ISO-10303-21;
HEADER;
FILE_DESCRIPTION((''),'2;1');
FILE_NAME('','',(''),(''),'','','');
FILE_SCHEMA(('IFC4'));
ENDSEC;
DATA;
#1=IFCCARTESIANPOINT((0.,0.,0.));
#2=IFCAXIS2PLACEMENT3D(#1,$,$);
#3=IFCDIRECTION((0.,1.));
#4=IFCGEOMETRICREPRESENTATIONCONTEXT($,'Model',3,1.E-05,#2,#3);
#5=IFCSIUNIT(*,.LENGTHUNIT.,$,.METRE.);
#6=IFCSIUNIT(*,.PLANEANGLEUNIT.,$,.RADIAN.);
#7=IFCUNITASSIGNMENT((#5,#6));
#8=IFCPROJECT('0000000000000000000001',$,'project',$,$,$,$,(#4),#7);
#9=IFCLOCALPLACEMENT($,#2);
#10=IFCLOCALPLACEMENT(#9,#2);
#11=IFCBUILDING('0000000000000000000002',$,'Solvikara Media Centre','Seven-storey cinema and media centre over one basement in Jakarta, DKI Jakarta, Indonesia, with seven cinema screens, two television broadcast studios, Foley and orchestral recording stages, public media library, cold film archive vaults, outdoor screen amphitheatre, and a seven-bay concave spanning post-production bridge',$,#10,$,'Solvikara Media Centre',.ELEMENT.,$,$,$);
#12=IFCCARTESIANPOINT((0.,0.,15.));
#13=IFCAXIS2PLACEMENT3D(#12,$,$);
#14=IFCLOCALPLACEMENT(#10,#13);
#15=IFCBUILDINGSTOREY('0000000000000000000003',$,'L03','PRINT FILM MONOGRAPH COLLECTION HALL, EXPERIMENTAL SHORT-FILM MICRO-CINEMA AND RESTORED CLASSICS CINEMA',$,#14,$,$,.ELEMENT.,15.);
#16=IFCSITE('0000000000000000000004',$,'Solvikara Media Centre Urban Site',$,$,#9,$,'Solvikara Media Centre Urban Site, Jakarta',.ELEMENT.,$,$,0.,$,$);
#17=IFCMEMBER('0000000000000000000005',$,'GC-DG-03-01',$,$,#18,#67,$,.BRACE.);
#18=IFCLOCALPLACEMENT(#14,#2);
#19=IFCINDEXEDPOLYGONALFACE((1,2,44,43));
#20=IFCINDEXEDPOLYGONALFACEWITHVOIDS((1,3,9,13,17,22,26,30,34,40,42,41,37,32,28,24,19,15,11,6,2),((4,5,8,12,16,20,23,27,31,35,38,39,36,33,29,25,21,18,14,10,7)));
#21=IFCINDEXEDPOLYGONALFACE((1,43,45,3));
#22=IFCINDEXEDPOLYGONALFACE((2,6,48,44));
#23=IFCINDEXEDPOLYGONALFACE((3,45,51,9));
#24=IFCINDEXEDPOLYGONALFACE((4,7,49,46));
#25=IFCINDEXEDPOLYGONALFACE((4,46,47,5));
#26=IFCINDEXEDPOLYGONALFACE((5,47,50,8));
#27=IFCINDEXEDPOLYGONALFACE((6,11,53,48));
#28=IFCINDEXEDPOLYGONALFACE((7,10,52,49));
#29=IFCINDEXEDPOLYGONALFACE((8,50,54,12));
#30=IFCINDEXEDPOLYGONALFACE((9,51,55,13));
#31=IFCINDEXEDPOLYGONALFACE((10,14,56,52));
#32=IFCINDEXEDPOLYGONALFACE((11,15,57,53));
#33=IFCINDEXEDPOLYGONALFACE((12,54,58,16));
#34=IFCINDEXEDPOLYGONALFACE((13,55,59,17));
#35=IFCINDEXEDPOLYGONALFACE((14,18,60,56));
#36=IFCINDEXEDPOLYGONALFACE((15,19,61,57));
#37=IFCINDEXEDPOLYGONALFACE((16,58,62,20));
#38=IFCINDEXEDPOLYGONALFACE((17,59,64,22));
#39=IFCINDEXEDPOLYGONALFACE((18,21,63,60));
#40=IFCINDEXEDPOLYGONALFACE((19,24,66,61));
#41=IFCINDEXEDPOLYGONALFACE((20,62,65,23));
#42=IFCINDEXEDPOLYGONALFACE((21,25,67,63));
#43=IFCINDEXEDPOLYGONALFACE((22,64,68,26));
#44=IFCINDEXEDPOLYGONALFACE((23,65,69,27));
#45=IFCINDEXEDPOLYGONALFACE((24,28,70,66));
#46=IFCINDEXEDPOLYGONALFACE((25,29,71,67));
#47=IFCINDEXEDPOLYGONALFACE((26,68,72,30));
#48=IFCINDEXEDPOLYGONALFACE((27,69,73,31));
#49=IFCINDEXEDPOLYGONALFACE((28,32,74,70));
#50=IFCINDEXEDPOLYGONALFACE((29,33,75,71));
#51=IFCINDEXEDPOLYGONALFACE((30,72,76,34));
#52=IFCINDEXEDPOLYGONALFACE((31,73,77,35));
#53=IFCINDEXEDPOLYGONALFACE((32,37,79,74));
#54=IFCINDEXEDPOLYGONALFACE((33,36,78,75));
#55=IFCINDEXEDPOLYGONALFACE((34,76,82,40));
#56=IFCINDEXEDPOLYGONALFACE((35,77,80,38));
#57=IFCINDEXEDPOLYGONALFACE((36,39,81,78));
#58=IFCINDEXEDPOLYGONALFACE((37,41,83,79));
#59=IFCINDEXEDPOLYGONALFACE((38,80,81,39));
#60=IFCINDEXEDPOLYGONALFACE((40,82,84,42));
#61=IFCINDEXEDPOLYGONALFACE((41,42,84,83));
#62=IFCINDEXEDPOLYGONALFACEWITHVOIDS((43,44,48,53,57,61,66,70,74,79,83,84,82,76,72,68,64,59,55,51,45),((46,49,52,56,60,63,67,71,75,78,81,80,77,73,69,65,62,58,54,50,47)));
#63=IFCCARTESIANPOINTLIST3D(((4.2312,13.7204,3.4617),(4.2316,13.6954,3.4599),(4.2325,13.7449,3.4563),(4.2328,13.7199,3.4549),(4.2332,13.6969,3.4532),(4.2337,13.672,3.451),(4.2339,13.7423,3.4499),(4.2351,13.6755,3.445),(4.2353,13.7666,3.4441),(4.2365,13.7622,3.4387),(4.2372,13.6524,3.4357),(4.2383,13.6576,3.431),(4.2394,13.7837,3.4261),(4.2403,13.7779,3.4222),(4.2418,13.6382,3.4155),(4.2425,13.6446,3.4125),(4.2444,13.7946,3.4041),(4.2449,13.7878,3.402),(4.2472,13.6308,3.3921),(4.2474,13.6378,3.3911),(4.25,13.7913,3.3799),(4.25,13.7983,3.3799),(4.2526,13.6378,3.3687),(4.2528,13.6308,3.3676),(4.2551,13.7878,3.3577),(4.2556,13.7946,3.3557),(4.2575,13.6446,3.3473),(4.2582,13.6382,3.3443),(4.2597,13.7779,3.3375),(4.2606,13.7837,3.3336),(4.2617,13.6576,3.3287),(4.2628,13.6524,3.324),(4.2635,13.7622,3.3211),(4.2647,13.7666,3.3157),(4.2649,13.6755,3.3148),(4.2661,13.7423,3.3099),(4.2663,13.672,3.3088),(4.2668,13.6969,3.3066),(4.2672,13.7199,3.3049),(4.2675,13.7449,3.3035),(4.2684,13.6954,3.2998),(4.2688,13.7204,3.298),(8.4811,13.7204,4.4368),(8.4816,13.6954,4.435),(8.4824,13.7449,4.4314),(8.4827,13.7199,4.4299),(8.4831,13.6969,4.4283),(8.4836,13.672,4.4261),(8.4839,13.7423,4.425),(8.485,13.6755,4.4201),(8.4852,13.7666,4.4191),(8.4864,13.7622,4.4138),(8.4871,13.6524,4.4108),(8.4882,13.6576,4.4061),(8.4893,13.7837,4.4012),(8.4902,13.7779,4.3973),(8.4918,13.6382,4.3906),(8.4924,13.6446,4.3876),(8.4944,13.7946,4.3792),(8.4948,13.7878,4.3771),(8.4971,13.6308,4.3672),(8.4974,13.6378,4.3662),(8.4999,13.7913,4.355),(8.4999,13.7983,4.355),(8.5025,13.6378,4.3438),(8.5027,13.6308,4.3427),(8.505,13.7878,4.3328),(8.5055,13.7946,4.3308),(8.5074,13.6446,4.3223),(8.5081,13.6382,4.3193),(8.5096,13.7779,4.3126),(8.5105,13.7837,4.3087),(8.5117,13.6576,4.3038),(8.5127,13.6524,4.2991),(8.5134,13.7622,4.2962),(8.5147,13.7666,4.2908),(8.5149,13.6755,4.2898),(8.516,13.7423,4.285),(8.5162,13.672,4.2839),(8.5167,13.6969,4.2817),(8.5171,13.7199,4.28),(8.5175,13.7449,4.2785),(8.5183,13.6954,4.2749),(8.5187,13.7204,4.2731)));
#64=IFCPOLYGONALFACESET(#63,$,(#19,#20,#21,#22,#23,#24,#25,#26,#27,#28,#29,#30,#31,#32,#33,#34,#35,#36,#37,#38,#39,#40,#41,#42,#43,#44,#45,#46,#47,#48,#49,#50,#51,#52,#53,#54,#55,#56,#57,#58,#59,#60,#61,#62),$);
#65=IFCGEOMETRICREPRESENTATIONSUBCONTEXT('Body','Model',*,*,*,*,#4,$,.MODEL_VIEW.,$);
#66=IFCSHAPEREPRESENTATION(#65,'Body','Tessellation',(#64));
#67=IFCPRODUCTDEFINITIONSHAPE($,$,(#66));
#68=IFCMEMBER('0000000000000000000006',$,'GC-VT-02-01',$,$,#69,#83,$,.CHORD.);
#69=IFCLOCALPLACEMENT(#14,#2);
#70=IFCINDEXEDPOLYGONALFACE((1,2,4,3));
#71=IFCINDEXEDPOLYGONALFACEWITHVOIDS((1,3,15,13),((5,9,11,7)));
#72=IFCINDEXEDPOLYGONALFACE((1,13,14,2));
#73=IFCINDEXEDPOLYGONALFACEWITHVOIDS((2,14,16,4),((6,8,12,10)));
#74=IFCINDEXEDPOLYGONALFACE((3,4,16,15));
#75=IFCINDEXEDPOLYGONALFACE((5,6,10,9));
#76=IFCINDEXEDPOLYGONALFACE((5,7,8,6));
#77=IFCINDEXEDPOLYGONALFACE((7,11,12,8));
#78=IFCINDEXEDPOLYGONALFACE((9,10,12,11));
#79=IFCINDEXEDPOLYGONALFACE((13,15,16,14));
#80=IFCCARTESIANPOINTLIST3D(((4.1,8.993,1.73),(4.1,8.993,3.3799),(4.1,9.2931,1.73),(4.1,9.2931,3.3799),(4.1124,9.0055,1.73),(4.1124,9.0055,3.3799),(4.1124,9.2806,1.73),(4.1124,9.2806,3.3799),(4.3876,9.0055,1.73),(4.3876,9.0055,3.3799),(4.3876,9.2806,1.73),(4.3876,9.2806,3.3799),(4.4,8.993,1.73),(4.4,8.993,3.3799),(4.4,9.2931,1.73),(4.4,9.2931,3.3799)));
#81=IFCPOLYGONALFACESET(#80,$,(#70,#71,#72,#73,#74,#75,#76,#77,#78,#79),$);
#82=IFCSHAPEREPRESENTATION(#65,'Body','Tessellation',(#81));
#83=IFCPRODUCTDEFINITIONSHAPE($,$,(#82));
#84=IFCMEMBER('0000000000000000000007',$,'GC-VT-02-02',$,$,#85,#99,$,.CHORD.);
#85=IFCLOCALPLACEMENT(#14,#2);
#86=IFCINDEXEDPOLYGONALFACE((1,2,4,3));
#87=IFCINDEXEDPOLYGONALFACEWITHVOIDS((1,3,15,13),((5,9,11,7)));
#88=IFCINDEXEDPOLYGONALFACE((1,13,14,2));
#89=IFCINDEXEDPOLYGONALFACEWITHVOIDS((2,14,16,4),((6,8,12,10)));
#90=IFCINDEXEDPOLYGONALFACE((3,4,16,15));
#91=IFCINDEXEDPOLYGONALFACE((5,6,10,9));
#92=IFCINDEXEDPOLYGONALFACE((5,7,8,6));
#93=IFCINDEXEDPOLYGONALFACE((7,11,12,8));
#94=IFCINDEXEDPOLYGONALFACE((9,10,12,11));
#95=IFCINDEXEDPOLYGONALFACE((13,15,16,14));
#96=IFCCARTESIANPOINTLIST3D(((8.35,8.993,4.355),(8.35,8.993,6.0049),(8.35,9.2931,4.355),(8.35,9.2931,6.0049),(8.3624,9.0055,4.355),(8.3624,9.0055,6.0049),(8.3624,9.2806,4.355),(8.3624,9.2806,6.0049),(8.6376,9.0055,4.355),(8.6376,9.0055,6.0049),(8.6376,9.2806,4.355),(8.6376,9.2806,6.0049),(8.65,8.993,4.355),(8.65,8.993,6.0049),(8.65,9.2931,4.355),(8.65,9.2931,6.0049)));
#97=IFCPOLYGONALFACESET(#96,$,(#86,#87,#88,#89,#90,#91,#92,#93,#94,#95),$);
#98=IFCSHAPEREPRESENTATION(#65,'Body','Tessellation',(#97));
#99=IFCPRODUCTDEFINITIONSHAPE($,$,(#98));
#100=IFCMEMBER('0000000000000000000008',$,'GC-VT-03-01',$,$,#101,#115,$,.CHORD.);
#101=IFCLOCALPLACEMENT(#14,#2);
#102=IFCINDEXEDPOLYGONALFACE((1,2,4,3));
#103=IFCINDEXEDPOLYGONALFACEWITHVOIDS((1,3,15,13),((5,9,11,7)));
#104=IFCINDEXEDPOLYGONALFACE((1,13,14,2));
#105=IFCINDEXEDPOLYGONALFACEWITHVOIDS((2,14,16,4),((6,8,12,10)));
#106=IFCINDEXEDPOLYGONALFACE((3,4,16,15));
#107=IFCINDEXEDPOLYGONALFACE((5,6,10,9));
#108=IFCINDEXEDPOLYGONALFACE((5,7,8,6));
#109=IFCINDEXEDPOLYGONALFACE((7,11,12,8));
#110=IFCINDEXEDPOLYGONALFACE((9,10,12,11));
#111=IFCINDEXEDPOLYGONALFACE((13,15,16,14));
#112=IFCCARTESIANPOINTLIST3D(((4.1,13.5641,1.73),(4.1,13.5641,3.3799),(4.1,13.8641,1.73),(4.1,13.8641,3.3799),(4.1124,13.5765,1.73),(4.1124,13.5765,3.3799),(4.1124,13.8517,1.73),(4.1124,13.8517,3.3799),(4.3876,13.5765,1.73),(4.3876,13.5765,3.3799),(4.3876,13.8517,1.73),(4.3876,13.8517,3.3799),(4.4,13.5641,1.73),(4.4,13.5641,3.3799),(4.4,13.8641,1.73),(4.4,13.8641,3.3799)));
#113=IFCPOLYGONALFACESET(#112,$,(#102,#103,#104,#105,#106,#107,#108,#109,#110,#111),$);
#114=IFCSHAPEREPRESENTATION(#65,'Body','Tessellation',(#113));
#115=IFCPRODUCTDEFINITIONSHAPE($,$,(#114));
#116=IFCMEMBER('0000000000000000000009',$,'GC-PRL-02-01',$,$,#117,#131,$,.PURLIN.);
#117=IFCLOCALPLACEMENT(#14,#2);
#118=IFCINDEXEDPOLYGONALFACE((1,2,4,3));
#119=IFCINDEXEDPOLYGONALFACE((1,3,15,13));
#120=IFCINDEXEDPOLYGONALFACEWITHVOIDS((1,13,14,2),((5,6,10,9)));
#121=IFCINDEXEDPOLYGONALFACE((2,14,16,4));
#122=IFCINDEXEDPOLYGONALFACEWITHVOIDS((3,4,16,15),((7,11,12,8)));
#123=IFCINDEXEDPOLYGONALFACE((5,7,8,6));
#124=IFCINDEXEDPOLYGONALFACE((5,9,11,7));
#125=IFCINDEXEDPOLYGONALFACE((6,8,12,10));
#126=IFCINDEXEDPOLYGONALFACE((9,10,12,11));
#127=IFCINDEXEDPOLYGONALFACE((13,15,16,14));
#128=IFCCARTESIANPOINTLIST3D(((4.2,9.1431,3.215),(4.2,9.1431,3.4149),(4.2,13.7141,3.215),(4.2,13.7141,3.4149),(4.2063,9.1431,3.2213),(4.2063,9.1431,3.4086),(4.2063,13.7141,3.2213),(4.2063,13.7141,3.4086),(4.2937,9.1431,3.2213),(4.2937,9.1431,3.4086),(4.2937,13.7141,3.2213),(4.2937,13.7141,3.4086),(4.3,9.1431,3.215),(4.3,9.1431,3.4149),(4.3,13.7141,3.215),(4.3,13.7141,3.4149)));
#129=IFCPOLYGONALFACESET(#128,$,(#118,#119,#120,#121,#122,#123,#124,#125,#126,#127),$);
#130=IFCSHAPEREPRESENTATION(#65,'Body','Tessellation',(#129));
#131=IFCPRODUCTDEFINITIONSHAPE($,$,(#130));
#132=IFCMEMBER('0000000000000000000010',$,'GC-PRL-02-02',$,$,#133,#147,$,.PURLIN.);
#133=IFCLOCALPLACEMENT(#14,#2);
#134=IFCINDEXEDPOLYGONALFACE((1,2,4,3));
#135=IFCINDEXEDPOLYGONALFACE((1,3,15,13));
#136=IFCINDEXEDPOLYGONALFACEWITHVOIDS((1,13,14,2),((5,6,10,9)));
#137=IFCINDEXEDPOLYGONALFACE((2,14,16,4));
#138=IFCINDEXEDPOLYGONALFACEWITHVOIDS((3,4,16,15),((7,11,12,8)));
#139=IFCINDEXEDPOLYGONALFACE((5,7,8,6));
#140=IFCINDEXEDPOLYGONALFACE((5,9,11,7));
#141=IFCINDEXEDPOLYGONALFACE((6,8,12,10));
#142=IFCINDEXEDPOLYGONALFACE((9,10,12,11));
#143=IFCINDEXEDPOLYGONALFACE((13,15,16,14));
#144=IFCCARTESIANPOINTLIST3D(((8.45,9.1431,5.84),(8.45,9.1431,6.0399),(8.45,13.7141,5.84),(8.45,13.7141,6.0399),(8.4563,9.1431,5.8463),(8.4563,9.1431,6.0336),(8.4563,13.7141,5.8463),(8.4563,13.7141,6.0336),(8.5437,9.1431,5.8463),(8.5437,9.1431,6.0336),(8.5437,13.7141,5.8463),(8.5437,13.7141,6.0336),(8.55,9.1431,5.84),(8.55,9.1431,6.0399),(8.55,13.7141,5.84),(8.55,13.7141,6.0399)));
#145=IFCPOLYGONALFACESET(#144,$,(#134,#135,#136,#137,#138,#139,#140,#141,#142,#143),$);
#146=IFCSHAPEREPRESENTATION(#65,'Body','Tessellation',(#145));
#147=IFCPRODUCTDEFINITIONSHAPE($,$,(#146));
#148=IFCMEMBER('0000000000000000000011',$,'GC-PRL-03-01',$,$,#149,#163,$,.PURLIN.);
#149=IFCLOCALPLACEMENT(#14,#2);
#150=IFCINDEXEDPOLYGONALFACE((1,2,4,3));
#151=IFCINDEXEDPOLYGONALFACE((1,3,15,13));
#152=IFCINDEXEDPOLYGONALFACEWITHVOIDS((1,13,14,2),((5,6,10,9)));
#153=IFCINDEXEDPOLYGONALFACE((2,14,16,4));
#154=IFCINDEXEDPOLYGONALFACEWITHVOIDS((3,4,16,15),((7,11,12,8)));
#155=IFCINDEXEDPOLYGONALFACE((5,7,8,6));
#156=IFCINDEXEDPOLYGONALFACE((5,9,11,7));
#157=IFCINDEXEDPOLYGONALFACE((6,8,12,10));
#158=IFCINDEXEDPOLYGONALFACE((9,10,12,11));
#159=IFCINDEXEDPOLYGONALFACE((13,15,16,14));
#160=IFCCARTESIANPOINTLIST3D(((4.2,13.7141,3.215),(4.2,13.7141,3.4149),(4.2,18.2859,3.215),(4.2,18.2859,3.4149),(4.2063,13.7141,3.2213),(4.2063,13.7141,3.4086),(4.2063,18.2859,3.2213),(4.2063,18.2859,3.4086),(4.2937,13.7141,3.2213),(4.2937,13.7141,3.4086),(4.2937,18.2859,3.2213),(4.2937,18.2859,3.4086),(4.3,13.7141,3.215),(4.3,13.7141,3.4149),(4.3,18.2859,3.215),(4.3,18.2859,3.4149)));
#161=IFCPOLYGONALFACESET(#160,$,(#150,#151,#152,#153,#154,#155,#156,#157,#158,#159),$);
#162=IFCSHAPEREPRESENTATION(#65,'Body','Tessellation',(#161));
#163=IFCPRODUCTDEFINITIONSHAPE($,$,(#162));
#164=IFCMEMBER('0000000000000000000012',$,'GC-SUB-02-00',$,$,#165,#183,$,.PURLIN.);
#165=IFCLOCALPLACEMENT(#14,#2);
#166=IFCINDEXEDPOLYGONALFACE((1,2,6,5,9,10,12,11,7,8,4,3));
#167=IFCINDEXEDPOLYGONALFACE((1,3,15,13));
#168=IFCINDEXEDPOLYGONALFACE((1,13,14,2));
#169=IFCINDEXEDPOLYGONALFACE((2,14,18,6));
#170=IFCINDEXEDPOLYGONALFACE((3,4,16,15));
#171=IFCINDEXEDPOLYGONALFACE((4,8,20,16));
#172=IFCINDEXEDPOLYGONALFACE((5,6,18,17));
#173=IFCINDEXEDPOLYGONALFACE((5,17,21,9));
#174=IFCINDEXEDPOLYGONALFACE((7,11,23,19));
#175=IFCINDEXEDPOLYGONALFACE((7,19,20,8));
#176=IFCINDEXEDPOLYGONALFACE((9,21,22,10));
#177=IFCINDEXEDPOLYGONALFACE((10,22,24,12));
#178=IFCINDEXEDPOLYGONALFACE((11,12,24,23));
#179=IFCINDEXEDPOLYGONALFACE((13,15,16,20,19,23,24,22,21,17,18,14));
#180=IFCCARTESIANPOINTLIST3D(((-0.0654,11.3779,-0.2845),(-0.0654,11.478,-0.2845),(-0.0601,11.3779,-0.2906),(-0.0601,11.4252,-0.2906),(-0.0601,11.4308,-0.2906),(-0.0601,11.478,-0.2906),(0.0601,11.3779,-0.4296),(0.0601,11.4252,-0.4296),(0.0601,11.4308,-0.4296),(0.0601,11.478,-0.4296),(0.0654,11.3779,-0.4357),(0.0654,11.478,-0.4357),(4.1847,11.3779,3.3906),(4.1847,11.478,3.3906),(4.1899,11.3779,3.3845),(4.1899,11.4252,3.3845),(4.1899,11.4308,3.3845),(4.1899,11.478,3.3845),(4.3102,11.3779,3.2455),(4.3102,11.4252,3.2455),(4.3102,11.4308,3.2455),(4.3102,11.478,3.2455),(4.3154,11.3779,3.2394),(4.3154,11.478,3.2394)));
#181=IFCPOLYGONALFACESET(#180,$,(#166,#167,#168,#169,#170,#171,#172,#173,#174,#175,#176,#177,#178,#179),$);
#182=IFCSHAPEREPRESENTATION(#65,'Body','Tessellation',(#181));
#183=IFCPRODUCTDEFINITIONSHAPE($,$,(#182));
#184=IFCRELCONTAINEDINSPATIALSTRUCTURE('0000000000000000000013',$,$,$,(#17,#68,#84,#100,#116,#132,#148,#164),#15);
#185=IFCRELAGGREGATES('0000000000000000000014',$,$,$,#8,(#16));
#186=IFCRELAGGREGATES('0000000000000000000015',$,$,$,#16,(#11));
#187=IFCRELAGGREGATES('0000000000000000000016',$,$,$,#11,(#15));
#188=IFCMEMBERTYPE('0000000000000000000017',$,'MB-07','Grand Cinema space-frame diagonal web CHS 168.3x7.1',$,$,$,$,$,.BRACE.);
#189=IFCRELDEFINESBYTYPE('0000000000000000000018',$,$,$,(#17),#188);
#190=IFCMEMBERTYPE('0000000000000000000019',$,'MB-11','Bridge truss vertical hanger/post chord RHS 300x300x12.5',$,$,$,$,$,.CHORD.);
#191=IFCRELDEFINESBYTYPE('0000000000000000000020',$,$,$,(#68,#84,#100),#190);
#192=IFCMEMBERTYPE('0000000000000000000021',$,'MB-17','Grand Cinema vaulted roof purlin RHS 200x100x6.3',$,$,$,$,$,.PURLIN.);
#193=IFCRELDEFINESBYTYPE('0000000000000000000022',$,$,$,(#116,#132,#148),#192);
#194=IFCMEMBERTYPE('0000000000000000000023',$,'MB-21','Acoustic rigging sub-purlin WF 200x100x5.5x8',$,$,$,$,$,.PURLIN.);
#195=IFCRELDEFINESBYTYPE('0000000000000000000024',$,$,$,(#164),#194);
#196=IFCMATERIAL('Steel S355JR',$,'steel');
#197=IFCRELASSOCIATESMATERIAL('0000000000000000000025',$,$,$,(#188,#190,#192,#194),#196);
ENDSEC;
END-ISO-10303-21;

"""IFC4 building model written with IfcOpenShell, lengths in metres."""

from ifc_helpers import new_model, si_unit, direction, frame, origin, origin_2d, place, context, subcontext, project, spatial, hollow_rectangle, hollow_circle, i_section, extrude, material, material_profile, profile_set, type_object, element, save


model = new_model("IFC4")

# Units and contexts
model_context = context("Model", 3, precision=1e-05, world=origin(), true_north=direction((0.0, 1.0)))
body_context = subcontext(model_context, "Body", "Model", "MODEL_VIEW")
ifc_project = project(units=[si_unit("LENGTHUNIT", "METRE"), si_unit("PLANEANGLEUNIT", "RADIAN")], contexts=[model_context])

# Site, building, storey
site_placement = place(None, origin())
site = spatial("IfcSite", under=ifc_project, at=site_placement, Name="Solvikara Media Centre Urban Site", LongName="Solvikara Media Centre Urban Site, Jakarta", CompositionType="ELEMENT", RefElevation=0.0)
building_placement = place(site_placement, origin())
building = spatial("IfcBuilding", under=site, at=building_placement, Name="Solvikara Media Centre", Description="Seven-storey cinema and media centre over one basement in Jakarta, DKI Jakarta, Indonesia, with seven cinema screens, two television broadcast studios, Foley and orchestral recording stages, public media library, cold film archive vaults, outdoor screen amphitheatre, and a seven-bay concave spanning post-production bridge", LongName="Solvikara Media Centre", CompositionType="ELEMENT")
storey_placement = place(building_placement, frame((0.0, 0.0, 15.0)))
storey = spatial("IfcBuildingStorey", under=building, at=storey_placement, Name="L03", Description="PRINT FILM MONOGRAPH COLLECTION HALL, EXPERIMENTAL SHORT-FILM MICRO-CINEMA AND RESTORED CLASSICS CINEMA", CompositionType="ELEMENT", Elevation=15.0)

# Shared definitions
ifc_material_1 = material(Name="Steel S355JR", Category="steel")

# Members
ifc_material_profile_1 = material_profile(ifc_material_1, hollow_circle(Radius=0.0842, WallThickness=0.0071, at=origin_2d()), Name="CHS 168.3x7.1")
ifc_profile_set_1 = profile_set([ifc_material_profile_1], Name="Steel S355JR")
member_type_1 = type_object("IfcMemberType", Name="MB-07", Description="Grand Cinema space-frame diagonal web CHS 168.3x7.1", PredefinedType="BRACE", material=ifc_profile_set_1)
member_1_placement = place(storey_placement, frame((4.25, 13.7141, 3.3799), z_axis=(0.974675, 0.0, 0.223624), x_axis=(0.0, 1.0, 0.0)))
element("IfcMember", 1, at=member_1_placement, inside=storey, type_object=member_type_1, Name="GC-DG-03-01", PredefinedType="BRACE", context=body_context, shape_type="SweptSolid", body=[
    extrude(hollow_circle(Radius=0.0842, WallThickness=0.0071, at=origin_2d()), origin(), (0.0, 0.0, 1.0), 4.3604),
])
ifc_material_profile_2 = material_profile(ifc_material_1, hollow_rectangle(XDim=0.3, YDim=0.3, WallThickness=0.0125, at=origin_2d()), Name="RHS 300x300x12.5")
ifc_profile_set_2 = profile_set([ifc_material_profile_2], Name="Steel S355JR")
member_type_2 = type_object("IfcMemberType", Name="MB-11", Description="Bridge truss vertical hanger/post chord RHS 300x300x12.5", PredefinedType="CHORD", material=ifc_profile_set_2)
for number, where, z_axis, x_axis, name in (
    (2, (4.25, 9.1431, 1.73), (0.0, 0.0, 1.0), (1.0, 0.0, 0.0), "GC-VT-02-01"),
    (3, (8.5, 9.1431, 4.355), (0.0, 0.0, 1.0), (1.0, 0.0, 0.0), "GC-VT-02-02"),
    (4, (4.25, 13.7141, 1.73), (0.0, 0.0, 1.0), (1.0, 0.0, 0.0), "GC-VT-03-01"),
):
    element("IfcMember", number, at=place(storey_placement, frame(where, z_axis=z_axis, x_axis=x_axis)), inside=storey, type_object=member_type_2, Name=name, PredefinedType="CHORD", context=body_context, shape_type="SweptSolid", body=[
        extrude(hollow_rectangle(XDim=0.3, YDim=0.3, WallThickness=0.0125, at=origin_2d()), origin(), (0.0, 0.0, 1.0), 1.6499),
    ])
ifc_material_profile_3 = material_profile(ifc_material_1, hollow_rectangle(XDim=0.1001, YDim=0.2, WallThickness=0.0063, at=origin_2d()), Name="RHS 200x100x6.3")
ifc_profile_set_3 = profile_set([ifc_material_profile_3], Name="Steel S355JR")
member_type_3 = type_object("IfcMemberType", Name="MB-17", Description="Grand Cinema vaulted roof purlin RHS 200x100x6.3", PredefinedType="PURLIN", material=ifc_profile_set_3)
for number, where, z_axis, x_axis, name in (
    (5, (4.25, 9.1431, 3.3149), (0.0, 1.0, 0.0), (-1.0, 0.0, 0.0), "GC-PRL-02-01"),
    (6, (8.5, 9.1431, 5.9399), (0.0, 1.0, 0.0), (-1.0, 0.0, 0.0), "GC-PRL-02-02"),
):
    element("IfcMember", number, at=place(storey_placement, frame(where, z_axis=z_axis, x_axis=x_axis)), inside=storey, type_object=member_type_3, Name=name, PredefinedType="PURLIN", context=body_context, shape_type="SweptSolid", body=[
        extrude(hollow_rectangle(XDim=0.1001, YDim=0.2, WallThickness=0.0063, at=origin_2d()), origin(), (0.0, 0.0, 1.0), 4.571),
    ])
member_2_placement = place(storey_placement, frame((4.25, 13.7141, 3.3149), z_axis=(0.0, 1.0, 0.0), x_axis=(-1.0, 0.0, 0.0)))
element("IfcMember", 7, at=member_2_placement, inside=storey, type_object=member_type_3, Name="GC-PRL-03-01", PredefinedType="PURLIN", context=body_context, shape_type="SweptSolid", body=[
    extrude(hollow_rectangle(XDim=0.1001, YDim=0.2, WallThickness=0.0063, at=origin_2d()), origin(), (0.0, 0.0, 1.0), 4.5718),
])
ifc_material_profile_4 = material_profile(ifc_material_1, i_section(OverallWidth=0.1001, OverallDepth=0.2, WebThickness=0.0056, FlangeThickness=0.0081, at=origin_2d()), Name="WF 200x100x5.5x8")
ifc_profile_set_4 = profile_set([ifc_material_profile_4], Name="Steel S355JR")
member_type_4 = type_object("IfcMemberType", Name="MB-21", Description="Acoustic rigging sub-purlin WF 200x100x5.5x8", PredefinedType="PURLIN", material=ifc_profile_set_4)
member_3_placement = place(storey_placement, frame((0.0, 11.428, -0.3601), z_axis=(0.756418, 0.0, 0.654088), x_axis=(0.0, 1.0, 0.0)))
element("IfcMember", 8, at=member_3_placement, inside=storey, type_object=member_type_4, Name="GC-SUB-02-00", PredefinedType="PURLIN", context=body_context, shape_type="SweptSolid", body=[
    extrude(i_section(OverallWidth=0.1001, OverallDepth=0.2, WebThickness=0.0056, FlangeThickness=0.0081, at=origin_2d()), origin(), (0.0, 0.0, 1.0), 5.6187),
])

save(model, "model.ifc")
